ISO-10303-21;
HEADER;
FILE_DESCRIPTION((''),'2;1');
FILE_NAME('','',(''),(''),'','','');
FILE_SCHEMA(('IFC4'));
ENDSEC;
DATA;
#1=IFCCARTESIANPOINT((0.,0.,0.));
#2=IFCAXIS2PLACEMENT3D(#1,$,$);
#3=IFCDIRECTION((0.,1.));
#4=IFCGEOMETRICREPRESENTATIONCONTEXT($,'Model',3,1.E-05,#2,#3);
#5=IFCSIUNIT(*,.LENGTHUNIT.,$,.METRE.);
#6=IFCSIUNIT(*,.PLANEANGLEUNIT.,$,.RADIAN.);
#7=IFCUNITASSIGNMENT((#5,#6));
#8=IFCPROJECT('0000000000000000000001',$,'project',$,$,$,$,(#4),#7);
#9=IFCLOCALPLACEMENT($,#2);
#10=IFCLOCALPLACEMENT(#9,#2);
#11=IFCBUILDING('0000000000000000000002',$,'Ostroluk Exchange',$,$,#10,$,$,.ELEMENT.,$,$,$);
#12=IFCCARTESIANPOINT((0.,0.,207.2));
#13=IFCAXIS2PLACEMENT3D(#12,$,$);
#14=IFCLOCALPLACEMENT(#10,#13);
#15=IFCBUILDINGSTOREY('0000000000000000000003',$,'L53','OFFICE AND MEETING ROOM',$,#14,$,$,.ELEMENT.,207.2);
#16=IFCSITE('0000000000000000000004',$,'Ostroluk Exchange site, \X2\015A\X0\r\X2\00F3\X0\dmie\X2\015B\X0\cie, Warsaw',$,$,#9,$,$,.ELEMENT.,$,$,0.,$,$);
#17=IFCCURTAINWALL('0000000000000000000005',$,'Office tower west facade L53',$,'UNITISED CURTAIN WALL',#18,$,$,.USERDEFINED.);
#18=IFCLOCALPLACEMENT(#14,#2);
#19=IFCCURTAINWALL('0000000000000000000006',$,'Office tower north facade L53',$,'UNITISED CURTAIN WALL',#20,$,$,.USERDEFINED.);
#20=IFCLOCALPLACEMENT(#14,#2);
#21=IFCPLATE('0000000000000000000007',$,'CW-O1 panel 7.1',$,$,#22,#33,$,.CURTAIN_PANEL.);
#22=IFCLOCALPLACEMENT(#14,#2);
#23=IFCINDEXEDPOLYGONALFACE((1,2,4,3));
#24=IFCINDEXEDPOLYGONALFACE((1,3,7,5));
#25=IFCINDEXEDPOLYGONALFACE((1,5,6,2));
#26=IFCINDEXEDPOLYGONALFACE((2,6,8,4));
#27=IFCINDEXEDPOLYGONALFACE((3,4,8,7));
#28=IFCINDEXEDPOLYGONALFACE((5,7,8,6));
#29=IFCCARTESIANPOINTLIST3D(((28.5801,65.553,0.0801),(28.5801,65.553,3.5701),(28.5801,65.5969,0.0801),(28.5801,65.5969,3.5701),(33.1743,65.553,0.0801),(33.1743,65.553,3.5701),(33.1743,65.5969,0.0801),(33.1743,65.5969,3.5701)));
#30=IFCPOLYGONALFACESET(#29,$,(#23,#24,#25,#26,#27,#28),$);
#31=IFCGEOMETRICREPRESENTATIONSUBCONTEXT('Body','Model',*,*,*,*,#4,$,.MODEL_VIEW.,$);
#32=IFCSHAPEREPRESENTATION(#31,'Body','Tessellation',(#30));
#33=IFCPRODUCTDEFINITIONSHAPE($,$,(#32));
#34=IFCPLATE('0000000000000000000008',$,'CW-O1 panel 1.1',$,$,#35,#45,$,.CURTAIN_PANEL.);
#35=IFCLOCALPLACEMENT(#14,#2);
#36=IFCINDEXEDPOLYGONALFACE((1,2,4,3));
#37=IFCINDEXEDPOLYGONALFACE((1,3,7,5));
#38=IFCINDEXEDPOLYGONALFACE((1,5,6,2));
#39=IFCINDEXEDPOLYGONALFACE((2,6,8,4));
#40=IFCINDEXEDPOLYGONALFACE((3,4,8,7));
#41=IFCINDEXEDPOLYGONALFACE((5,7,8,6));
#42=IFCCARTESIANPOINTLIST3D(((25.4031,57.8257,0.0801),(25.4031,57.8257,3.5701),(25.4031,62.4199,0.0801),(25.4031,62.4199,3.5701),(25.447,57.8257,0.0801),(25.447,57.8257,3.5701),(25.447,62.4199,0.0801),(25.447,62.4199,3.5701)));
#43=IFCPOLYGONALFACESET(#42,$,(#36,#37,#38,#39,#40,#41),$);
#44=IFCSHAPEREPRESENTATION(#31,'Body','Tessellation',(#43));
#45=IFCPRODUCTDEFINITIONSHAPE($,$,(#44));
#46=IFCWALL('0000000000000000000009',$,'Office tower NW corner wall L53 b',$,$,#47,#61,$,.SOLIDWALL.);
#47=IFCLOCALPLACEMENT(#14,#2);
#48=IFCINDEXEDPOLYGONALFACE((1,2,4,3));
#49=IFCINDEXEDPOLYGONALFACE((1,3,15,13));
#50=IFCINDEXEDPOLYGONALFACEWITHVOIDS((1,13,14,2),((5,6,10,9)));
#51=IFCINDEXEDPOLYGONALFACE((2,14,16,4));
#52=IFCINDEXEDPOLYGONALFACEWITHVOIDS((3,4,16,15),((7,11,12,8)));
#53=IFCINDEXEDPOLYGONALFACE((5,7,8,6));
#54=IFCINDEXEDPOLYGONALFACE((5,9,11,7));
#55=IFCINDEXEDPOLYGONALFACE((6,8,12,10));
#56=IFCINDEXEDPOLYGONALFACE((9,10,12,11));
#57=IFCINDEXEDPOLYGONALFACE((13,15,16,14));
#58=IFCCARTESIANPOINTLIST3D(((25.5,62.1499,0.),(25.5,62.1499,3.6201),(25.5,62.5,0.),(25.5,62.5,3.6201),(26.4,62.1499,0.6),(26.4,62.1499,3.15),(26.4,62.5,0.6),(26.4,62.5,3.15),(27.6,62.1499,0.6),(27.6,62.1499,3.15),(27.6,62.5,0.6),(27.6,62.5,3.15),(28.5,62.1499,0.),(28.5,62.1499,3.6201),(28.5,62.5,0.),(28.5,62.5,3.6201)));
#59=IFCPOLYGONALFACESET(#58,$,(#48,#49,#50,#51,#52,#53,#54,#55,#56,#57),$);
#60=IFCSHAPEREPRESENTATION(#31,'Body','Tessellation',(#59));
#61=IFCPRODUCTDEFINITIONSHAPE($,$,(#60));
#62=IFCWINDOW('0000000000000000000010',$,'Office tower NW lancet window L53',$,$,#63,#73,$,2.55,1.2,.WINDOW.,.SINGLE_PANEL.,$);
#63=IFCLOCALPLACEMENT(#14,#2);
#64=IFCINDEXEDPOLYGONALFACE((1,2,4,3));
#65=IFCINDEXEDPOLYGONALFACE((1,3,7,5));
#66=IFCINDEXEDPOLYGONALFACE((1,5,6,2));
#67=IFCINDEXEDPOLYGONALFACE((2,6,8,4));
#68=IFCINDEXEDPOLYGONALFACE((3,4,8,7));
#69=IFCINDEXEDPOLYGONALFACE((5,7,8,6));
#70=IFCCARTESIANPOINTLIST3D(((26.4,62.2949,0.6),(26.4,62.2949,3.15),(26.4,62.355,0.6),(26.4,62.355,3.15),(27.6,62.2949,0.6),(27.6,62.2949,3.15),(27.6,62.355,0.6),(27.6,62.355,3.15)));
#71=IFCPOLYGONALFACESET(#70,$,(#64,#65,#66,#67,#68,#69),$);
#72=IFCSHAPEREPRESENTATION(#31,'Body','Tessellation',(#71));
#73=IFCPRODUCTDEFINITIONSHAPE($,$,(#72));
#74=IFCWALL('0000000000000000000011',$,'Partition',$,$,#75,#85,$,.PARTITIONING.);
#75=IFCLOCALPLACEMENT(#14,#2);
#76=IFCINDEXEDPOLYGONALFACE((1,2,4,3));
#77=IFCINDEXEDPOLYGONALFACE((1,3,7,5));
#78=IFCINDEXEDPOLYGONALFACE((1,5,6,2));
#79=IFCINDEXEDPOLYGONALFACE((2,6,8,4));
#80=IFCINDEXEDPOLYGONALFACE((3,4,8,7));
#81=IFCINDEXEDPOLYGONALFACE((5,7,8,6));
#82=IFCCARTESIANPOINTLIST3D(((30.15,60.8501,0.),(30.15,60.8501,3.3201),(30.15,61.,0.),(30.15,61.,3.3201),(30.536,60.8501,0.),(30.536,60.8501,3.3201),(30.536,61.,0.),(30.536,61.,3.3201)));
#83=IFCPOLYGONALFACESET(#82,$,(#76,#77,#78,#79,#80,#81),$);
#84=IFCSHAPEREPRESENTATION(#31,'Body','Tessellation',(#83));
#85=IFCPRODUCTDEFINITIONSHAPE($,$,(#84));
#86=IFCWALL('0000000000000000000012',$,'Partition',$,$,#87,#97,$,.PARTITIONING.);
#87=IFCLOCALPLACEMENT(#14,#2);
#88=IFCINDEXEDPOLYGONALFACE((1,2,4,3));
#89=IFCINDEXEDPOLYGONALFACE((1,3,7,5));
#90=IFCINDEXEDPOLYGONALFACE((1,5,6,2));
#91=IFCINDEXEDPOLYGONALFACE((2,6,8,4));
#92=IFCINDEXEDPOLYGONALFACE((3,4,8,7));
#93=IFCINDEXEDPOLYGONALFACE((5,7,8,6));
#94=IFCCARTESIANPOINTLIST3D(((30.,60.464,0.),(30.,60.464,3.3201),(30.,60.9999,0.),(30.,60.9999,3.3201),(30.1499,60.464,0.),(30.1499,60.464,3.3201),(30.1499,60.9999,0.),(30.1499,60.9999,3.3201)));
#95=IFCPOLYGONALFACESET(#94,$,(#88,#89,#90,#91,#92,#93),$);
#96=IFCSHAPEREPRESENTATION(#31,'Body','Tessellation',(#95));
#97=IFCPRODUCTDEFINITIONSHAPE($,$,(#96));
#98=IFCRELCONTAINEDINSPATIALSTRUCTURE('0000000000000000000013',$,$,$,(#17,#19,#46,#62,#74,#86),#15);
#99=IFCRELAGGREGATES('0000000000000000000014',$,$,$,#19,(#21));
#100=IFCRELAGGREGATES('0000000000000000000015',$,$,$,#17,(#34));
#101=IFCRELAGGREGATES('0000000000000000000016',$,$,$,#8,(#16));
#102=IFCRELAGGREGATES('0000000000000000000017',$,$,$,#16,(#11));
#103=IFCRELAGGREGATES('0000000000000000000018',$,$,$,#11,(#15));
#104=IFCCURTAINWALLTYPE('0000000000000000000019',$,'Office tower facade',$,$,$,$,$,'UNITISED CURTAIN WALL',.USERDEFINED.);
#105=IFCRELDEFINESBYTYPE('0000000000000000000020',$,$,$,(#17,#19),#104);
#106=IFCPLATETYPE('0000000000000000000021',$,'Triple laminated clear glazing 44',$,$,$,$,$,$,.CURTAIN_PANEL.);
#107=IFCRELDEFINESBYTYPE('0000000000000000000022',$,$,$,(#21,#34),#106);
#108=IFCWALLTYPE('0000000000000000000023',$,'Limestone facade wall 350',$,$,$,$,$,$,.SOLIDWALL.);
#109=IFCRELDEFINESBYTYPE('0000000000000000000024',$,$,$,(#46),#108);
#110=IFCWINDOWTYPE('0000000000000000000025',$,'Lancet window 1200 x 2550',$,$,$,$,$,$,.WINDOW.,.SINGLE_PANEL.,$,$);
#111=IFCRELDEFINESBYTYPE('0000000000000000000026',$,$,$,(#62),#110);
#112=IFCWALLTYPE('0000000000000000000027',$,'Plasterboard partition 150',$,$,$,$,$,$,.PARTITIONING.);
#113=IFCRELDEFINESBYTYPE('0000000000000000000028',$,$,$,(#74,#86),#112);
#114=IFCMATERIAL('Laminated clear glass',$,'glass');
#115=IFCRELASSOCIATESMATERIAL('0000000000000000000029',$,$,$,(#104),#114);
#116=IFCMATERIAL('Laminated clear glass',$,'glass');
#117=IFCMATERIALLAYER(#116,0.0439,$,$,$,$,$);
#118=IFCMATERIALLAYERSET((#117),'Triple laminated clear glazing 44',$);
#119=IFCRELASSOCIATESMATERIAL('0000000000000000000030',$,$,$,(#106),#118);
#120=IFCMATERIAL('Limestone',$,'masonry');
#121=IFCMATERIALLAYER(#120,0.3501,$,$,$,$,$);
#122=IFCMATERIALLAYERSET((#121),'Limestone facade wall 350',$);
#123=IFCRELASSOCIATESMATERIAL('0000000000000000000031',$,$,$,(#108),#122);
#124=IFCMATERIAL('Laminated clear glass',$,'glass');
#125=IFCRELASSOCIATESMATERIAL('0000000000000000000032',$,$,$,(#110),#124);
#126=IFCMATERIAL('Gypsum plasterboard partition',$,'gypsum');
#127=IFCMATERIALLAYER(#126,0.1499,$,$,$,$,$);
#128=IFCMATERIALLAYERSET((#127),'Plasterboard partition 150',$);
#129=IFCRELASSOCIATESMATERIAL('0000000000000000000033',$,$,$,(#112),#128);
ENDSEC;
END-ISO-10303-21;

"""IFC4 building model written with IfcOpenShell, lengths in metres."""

from ifc_helpers import new_model, si_unit, direction, frame, frame_2d, origin, origin_2d, place, context, subcontext, project, spatial, rectangle, extrude, material, layer, layer_set, type_object, element, fill, aggregate, save


model = new_model("IFC4")

# Units and contexts
model_context = context("Model", 3, precision=1e-05, world=origin(), true_north=direction((0.0, 1.0)))
body_context = subcontext(model_context, "Body", "Model", "MODEL_VIEW")
ifc_project = project(units=[si_unit("LENGTHUNIT", "METRE"), si_unit("PLANEANGLEUNIT", "RADIAN")], contexts=[model_context])

# Site, building, storey
site_placement = place(None, origin())
site = spatial("IfcSite", under=ifc_project, at=site_placement, Name="Ostroluk Exchange site, Śródmieście, Warsaw", CompositionType="ELEMENT", RefElevation=0.0)
building_placement = place(site_placement, origin())
building = spatial("IfcBuilding", under=site, at=building_placement, Name="Ostroluk Exchange", CompositionType="ELEMENT")
storey_placement = place(building_placement, frame((0.0, 0.0, 207.2)))
storey = spatial("IfcBuildingStorey", under=building, at=storey_placement, Name="L53", Description="OFFICE AND MEETING ROOM", CompositionType="ELEMENT", Elevation=207.2)

# Curtain wall
ifc_material_1 = material(Name="Laminated clear glass", Category="glass")
curtain_wall_type = type_object("IfcCurtainWallType", Name="Office tower facade", ElementType="UNITISED CURTAIN WALL", PredefinedType="USERDEFINED", material=ifc_material_1)
curtain_wall_1_placement = place(storey_placement, origin())
curtain_wall_1 = element("IfcCurtainWall", 1, at=curtain_wall_1_placement, inside=storey, type_object=curtain_wall_type, Name="Office tower west facade L53", ObjectType="UNITISED CURTAIN WALL", PredefinedType="USERDEFINED")

# Curtain wall
curtain_wall_2_placement = place(storey_placement, origin())
curtain_wall_2 = element("IfcCurtainWall", 2, at=curtain_wall_2_placement, inside=storey, type_object=curtain_wall_type, Name="Office tower north facade L53", ObjectType="UNITISED CURTAIN WALL", PredefinedType="USERDEFINED")

# Plates
ifc_material_2 = material(Name="Laminated clear glass", Category="glass")
ifc_layer_1 = layer(ifc_material_2, 0.0439)
ifc_layer_set_1 = layer_set([ifc_layer_1], Name="Triple laminated clear glazing 44")
plate_type_1 = type_object("IfcPlateType", Name="Triple laminated clear glazing 44", PredefinedType="CURTAIN_PANEL", material=ifc_layer_set_1)
plate_1_placement = place(storey_placement, frame((30.8772, 65.575, 0.0801), z_axis=(0.0, 0.0, 1.0), x_axis=(-1.0, 0.0, 0.0)))
plate_1 = element("IfcPlate", 3, at=plate_1_placement, type_object=plate_type_1, Name="CW-O1 panel 7.1", PredefinedType="CURTAIN_PANEL", context=body_context, shape_type="SweptSolid", body=[
    extrude(rectangle(XDim=4.5942, YDim=0.0439, at=origin_2d()), origin(), (0.0, 0.0, 1.0), 3.49),
])
aggregate(curtain_wall_2, [plate_1])
plate_2_placement = place(storey_placement, frame((25.425, 60.1228, 0.0801), z_axis=(0.0, 0.0, 1.0), x_axis=(0.0, -1.0, 0.0)))
plate_2 = element("IfcPlate", 4, at=plate_2_placement, type_object=plate_type_1, Name="CW-O1 panel 1.1", PredefinedType="CURTAIN_PANEL", context=body_context, shape_type="SweptSolid", body=[
    extrude(rectangle(XDim=4.5942, YDim=0.0439, at=origin_2d()), origin(), (0.0, 0.0, 1.0), 3.49),
])
aggregate(curtain_wall_1, [plate_2])

# Shared definitions
ifc_material_3 = material(Name="Limestone", Category="masonry")
ifc_layer_2 = layer(ifc_material_3, 0.3501)
ifc_layer_set_2 = layer_set([ifc_layer_2], Name="Limestone facade wall 350")
wall_type_1 = type_object("IfcWallType", Name="Limestone facade wall 350", PredefinedType="SOLIDWALL", material=ifc_layer_set_2)

# Wall, opening, window
wall_1_placement = place(storey_placement, frame((28.5, 62.325, 0.0), z_axis=(0.0, 0.0, 1.0), x_axis=(-1.0, 0.0, 0.0)))
wall_1 = element("IfcWall", 5, at=wall_1_placement, inside=storey, type_object=wall_type_1, Name="Office tower NW corner wall L53 b", PredefinedType="SOLIDWALL", context=body_context, shape_type="SweptSolid", body=[
    extrude(rectangle(XDim=3.0, YDim=0.3501, at=frame_2d((1.5, 0.0))), origin(), (0.0, 0.0, 1.0), 3.6201),
])
opening_1_placement = place(wall_1_placement, frame((0.8999, 0.0, 0.6001)))
opening_1 = element("IfcOpeningElement", 6, at=opening_1_placement, cuts=wall_1, PredefinedType="OPENING", context=body_context, shape_type="SweptSolid", body=[
    extrude(rectangle(XDim=1.2, YDim=2.55, at=frame_2d((0.6001, 1.2749))), frame((0.0, 0.1851, 0.0), z_axis=(0.0, -1.0, 0.0), x_axis=(1.0, 0.0, 0.0)), (0.0, 0.0, 1.0), 0.3701),
])
ifc_material_4 = material(Name="Laminated clear glass", Category="glass")
window_type = type_object("IfcWindowType", Name="Lancet window 1200 x 2550", PartitioningType="SINGLE_PANEL", PredefinedType="WINDOW", material=ifc_material_4)
window_placement = place(opening_1_placement, origin())
window = element("IfcWindow", 7, at=window_placement, inside=storey, type_object=window_type, Name="Office tower NW lancet window L53", OverallHeight=2.55, OverallWidth=1.2, PartitioningType="SINGLE_PANEL", PredefinedType="WINDOW", context=body_context, shape_type="SweptSolid", body=[
    extrude(rectangle(XDim=1.2, YDim=2.55, at=frame_2d((0.6001, 1.2749))), frame((0.0, 0.03, 0.0), z_axis=(0.0, -1.0, 0.0), x_axis=(1.0, 0.0, 0.0)), (0.0, 0.0, 1.0), 0.0601),
])
fill(opening_1, window)

# Walls
ifc_material_5 = material(Name="Gypsum plasterboard partition", Category="gypsum")
ifc_layer_3 = layer(ifc_material_5, 0.1499)
ifc_layer_set_3 = layer_set([ifc_layer_3], Name="Plasterboard partition 150")
wall_type_2 = type_object("IfcWallType", Name="Plasterboard partition 150", PredefinedType="PARTITIONING", material=ifc_layer_set_3)
wall_2_placement = place(storey_placement, frame((30.5359, 60.925, 0.0), z_axis=(0.0, 0.0, 1.0), x_axis=(-1.0, 0.0, 0.0)))
element("IfcWall", 8, at=wall_2_placement, inside=storey, type_object=wall_type_2, Name="Partition", PredefinedType="PARTITIONING", context=body_context, shape_type="SweptSolid", body=[
    extrude(rectangle(XDim=0.386, YDim=0.1499, at=frame_2d((0.1929, 0.0))), origin(), (0.0, 0.0, 1.0), 3.3201),
])
wall_3_placement = place(storey_placement, frame((30.075, 61.0, 0.0), z_axis=(0.0, 0.0, 1.0), x_axis=(0.0, -1.0, 0.0)))
element("IfcWall", 9, at=wall_3_placement, inside=storey, type_object=wall_type_2, Name="Partition", PredefinedType="PARTITIONING", context=body_context, shape_type="SweptSolid", body=[
    extrude(rectangle(XDim=0.5359, YDim=0.1499, at=frame_2d((0.2681, 0.0))), origin(), (0.0, 0.0, 1.0), 3.3201),
])

save(model, "model.ifc")
